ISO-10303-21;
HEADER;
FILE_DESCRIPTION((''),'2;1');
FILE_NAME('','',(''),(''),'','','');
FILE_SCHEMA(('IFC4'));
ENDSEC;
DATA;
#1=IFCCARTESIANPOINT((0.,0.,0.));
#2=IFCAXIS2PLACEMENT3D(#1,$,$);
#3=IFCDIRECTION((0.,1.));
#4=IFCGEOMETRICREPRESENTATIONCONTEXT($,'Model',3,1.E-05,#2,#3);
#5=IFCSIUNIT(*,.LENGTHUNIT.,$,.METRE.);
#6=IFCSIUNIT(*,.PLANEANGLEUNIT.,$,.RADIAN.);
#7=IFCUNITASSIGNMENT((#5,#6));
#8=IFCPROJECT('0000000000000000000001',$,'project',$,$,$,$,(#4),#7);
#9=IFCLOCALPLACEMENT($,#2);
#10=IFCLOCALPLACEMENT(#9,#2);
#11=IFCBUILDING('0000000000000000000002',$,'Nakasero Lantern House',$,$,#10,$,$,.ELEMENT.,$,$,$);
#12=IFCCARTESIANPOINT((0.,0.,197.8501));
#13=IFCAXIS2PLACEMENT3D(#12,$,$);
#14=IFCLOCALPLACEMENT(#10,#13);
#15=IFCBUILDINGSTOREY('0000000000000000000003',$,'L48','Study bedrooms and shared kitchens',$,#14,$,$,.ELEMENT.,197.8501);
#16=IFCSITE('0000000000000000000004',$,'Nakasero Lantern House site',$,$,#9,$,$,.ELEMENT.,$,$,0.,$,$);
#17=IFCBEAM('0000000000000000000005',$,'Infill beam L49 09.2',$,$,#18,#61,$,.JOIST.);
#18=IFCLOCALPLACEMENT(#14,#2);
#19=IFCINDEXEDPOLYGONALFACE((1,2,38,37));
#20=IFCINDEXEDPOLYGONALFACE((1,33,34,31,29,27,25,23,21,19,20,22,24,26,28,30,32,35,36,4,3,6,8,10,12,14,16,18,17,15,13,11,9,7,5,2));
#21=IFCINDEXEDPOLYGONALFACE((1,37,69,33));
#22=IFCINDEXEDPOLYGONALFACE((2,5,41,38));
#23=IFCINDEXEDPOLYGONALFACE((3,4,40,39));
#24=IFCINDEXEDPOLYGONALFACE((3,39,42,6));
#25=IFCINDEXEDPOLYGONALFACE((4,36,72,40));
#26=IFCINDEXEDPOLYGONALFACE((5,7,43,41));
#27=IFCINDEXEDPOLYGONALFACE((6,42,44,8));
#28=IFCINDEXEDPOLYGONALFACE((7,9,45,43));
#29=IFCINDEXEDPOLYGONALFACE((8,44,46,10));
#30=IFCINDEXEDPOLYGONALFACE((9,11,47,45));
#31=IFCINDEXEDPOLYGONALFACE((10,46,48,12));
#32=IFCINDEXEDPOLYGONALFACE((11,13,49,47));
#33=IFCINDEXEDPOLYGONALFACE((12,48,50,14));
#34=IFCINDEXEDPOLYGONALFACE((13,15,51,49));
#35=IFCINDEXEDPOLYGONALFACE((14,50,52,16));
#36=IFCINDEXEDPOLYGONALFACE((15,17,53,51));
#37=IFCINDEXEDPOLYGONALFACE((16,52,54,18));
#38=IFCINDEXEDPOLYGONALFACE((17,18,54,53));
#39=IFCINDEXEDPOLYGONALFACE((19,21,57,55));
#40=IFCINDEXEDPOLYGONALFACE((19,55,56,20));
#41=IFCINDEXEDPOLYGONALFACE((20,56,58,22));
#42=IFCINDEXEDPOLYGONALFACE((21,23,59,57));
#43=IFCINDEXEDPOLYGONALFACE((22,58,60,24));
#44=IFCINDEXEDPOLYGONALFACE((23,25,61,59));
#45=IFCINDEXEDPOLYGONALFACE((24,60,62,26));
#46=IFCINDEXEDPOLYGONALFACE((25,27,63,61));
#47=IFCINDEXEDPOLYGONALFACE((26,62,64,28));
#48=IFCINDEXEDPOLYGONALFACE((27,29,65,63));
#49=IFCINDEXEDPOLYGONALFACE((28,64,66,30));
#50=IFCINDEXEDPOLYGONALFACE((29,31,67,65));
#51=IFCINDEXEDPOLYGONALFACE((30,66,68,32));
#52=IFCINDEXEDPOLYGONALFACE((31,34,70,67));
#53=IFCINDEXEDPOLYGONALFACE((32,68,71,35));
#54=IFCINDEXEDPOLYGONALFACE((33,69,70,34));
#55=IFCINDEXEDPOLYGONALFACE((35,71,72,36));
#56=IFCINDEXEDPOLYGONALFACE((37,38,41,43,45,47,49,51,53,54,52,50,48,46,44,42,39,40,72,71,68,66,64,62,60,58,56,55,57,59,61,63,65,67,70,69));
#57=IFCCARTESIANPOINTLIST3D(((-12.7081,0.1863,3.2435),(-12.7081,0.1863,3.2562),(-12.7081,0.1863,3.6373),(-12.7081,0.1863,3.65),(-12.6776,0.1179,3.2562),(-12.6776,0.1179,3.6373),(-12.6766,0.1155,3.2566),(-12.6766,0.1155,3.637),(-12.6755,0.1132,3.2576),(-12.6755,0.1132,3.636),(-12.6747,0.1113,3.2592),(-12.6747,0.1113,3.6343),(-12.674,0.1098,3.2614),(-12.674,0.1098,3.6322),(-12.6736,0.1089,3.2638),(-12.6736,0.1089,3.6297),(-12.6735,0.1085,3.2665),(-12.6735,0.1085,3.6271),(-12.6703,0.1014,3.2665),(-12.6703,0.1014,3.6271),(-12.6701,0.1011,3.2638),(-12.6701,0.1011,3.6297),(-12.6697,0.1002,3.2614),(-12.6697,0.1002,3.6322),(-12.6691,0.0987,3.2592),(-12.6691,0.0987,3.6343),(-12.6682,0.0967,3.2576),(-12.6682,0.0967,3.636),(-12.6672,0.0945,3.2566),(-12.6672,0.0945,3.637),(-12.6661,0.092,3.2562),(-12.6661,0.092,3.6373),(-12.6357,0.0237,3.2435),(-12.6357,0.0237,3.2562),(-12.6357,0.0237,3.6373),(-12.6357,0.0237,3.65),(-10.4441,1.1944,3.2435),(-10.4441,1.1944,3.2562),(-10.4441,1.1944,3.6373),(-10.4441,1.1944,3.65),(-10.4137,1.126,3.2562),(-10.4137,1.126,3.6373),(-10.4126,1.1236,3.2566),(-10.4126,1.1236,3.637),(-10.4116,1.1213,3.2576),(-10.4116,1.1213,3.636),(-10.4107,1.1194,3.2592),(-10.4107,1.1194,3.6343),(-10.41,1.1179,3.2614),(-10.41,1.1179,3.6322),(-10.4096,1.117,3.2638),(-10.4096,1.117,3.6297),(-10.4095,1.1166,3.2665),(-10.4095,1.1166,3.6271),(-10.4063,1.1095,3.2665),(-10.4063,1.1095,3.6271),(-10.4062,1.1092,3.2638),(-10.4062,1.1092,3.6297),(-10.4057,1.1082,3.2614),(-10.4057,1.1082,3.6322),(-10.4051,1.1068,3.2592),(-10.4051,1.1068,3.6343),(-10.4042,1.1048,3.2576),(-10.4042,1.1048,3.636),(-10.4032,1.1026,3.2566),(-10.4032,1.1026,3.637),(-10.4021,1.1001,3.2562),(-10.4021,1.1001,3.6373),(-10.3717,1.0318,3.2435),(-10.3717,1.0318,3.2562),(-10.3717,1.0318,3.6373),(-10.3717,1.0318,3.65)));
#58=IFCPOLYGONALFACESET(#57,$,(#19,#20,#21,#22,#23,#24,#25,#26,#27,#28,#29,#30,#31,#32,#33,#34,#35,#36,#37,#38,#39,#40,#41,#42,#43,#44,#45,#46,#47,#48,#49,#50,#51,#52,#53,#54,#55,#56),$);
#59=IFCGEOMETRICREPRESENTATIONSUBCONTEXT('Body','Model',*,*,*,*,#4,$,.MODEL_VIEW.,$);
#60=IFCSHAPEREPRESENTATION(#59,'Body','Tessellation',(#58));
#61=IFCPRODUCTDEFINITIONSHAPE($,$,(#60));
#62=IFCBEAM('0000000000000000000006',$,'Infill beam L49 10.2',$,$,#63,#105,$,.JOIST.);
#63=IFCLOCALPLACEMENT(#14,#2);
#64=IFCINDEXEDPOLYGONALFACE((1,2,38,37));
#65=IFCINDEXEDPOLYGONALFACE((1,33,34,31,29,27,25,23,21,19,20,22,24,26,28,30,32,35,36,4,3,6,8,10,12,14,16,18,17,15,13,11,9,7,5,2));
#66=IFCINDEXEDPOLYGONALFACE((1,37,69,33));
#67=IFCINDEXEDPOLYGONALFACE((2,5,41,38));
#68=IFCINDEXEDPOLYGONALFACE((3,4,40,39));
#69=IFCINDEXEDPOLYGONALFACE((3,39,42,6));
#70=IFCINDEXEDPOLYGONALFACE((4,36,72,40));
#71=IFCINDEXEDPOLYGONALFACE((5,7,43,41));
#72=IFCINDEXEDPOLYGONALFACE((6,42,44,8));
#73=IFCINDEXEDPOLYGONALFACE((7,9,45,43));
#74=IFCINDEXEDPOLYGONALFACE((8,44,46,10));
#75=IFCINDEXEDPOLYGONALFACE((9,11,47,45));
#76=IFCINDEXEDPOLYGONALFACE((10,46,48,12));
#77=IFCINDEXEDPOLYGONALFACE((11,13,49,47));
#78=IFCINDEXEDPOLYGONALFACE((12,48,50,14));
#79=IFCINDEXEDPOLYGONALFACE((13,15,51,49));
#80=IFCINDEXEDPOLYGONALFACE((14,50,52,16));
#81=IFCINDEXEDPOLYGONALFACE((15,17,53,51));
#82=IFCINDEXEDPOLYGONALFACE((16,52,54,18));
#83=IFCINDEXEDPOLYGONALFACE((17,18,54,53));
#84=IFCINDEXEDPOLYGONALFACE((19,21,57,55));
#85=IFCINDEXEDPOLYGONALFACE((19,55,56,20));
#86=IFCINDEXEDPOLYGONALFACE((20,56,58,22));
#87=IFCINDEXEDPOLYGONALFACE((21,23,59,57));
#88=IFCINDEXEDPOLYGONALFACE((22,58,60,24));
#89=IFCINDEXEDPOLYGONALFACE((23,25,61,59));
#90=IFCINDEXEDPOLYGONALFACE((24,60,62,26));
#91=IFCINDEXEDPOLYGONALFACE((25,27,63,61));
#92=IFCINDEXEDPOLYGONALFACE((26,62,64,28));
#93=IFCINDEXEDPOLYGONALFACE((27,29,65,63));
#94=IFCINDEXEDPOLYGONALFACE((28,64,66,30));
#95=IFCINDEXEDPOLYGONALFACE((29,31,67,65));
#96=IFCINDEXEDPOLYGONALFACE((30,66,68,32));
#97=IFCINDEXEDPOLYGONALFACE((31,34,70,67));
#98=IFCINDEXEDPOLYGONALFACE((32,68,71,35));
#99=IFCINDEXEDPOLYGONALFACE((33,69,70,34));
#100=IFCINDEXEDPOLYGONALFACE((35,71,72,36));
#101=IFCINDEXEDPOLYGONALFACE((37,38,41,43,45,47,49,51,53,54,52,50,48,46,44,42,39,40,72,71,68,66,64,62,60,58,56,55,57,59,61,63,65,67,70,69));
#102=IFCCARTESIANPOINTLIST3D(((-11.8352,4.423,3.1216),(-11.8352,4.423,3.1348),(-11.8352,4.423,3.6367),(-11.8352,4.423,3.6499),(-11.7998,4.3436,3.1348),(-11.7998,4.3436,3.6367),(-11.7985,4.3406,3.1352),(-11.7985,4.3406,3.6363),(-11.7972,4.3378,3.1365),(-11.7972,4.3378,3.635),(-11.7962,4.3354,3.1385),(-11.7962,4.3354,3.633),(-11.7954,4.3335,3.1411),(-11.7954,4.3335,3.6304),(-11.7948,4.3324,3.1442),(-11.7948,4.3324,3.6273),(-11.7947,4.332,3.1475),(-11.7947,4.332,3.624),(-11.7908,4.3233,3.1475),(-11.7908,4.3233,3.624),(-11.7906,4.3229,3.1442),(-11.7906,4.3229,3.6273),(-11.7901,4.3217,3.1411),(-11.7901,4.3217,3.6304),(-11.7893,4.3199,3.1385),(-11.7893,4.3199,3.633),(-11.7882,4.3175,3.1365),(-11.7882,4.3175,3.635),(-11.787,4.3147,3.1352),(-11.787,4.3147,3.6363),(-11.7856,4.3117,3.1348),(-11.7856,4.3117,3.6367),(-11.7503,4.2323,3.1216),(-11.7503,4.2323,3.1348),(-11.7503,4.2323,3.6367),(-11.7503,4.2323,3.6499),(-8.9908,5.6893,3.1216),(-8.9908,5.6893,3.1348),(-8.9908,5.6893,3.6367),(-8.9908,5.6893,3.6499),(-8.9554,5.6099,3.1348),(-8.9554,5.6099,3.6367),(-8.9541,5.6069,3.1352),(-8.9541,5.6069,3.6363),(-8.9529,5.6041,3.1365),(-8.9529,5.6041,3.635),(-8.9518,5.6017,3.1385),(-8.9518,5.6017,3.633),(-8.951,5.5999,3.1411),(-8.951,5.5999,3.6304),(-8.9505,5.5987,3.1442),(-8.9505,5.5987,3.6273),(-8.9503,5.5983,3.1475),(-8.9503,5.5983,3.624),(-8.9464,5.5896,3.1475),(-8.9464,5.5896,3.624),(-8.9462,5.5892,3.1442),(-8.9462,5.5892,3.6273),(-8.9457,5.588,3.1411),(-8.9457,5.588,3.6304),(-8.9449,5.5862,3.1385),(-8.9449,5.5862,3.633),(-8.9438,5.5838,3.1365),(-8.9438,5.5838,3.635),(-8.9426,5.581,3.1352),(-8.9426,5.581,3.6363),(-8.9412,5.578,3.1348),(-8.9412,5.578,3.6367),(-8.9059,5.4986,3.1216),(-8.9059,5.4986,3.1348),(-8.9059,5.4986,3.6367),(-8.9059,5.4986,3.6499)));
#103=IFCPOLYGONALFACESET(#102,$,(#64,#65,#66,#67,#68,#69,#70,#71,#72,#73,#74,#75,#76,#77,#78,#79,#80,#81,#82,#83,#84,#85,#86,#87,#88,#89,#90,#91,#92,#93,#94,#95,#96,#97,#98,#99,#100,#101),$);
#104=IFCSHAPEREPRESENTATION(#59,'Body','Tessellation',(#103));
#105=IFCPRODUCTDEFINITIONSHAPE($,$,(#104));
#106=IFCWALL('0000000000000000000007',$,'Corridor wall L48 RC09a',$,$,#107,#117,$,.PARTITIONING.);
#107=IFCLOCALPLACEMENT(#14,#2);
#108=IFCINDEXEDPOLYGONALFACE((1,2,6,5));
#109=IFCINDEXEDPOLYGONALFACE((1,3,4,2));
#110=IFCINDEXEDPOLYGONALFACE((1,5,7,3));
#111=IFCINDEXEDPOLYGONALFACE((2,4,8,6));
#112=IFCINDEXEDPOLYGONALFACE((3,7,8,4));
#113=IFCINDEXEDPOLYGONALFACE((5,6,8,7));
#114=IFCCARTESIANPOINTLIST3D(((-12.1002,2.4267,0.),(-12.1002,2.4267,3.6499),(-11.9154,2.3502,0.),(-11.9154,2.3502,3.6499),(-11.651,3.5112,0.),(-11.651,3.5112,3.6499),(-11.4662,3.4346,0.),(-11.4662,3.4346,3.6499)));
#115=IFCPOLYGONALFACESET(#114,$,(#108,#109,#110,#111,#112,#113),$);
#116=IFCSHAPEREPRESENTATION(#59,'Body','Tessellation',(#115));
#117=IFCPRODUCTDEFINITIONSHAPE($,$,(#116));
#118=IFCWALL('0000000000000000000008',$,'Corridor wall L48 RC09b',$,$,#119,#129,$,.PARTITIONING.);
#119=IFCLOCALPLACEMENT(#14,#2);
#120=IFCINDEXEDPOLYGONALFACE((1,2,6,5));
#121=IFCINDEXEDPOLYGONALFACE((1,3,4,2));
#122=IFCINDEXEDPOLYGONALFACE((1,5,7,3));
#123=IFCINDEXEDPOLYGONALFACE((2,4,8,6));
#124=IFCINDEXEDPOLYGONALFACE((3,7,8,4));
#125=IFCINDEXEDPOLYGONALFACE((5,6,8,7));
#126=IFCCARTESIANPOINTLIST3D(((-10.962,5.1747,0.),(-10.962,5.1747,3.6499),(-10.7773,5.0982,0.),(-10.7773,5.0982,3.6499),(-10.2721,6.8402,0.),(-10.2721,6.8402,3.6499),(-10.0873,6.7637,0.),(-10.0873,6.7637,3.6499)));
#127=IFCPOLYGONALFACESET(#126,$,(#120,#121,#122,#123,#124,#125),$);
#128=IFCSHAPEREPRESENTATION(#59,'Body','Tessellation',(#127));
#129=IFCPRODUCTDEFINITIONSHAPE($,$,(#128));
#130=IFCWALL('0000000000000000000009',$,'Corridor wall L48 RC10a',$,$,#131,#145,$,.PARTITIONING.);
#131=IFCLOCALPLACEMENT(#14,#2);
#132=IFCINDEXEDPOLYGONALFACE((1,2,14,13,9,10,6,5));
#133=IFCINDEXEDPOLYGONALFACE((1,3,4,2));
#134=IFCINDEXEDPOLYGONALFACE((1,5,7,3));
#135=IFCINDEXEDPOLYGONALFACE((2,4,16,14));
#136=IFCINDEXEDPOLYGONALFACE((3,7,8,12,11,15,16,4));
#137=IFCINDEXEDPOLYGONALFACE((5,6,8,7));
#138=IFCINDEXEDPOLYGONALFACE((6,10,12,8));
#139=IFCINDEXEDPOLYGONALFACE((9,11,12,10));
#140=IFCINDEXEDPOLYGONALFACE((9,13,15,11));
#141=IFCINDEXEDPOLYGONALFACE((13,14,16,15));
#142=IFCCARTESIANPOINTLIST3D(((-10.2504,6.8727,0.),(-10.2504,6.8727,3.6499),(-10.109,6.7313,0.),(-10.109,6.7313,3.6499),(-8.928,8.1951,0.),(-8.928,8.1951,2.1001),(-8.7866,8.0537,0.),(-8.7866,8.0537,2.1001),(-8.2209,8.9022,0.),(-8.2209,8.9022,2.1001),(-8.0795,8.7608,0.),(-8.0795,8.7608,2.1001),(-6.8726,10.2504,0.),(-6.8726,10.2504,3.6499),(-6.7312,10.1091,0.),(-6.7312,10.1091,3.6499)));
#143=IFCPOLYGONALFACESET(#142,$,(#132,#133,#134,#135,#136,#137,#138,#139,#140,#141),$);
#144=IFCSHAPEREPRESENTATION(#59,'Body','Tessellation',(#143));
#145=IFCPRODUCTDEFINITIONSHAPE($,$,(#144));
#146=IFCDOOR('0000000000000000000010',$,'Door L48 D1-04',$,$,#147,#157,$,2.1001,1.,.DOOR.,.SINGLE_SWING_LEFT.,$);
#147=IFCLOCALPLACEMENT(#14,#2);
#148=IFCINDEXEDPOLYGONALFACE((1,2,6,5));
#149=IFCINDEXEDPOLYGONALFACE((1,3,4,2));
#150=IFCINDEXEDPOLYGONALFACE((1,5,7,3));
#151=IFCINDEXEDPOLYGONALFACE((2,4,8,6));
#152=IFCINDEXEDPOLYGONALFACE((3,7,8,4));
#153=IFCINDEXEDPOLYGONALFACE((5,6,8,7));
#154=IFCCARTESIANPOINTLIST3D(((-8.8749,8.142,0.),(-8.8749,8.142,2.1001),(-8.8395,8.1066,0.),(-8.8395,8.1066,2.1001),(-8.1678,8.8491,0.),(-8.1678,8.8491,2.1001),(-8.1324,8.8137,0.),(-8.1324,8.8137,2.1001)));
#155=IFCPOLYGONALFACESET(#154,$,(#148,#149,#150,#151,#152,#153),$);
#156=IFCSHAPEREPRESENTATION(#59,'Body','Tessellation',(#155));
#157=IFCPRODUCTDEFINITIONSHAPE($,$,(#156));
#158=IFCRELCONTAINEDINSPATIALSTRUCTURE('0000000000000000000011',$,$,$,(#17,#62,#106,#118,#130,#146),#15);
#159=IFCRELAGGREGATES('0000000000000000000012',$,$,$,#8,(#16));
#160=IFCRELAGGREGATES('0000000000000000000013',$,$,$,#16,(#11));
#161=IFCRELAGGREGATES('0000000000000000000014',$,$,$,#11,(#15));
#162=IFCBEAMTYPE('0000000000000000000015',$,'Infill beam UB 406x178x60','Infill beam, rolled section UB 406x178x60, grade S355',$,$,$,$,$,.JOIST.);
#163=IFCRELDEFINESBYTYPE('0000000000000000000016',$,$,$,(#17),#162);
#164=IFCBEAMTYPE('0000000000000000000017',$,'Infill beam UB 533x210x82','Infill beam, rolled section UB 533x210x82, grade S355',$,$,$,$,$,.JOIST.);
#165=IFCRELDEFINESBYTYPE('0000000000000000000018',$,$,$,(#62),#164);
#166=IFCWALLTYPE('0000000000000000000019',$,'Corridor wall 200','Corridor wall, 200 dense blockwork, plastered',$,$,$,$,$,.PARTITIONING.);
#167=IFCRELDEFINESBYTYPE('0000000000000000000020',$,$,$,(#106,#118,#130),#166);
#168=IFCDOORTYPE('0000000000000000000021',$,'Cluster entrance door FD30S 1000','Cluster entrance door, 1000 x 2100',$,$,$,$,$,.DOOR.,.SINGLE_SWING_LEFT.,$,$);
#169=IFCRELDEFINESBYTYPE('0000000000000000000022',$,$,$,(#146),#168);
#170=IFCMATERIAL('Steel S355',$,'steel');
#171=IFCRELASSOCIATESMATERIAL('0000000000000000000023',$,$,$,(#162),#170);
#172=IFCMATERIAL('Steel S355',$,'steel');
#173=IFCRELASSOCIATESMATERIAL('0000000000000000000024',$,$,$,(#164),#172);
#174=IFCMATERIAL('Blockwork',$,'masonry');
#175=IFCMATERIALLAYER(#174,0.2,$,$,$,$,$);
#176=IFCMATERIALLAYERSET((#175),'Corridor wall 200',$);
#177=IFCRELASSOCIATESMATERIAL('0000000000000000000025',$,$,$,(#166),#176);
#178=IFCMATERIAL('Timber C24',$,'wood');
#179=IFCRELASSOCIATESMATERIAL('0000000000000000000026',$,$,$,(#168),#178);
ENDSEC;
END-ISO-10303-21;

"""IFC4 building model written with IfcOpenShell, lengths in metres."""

from ifc_helpers import new_model, si_unit, direction, frame, frame_2d, origin, origin_2d, place, context, subcontext, project, spatial, rectangle, i_section, extrude, material, layer, layer_set, material_profile, profile_set, type_object, element, fill, save


model = new_model("IFC4")

# Units and contexts
model_context = context("Model", 3, precision=1e-05, world=origin(), true_north=direction((0.0, 1.0)))
body_context = subcontext(model_context, "Body", "Model", "MODEL_VIEW")
ifc_project = project(units=[si_unit("LENGTHUNIT", "METRE"), si_unit("PLANEANGLEUNIT", "RADIAN")], contexts=[model_context])

# Site, building, storey
site_placement = place(None, origin())
site = spatial("IfcSite", under=ifc_project, at=site_placement, Name="Nakasero Lantern House site", CompositionType="ELEMENT", RefElevation=0.0)
building_placement = place(site_placement, origin())
building = spatial("IfcBuilding", under=site, at=building_placement, Name="Nakasero Lantern House", CompositionType="ELEMENT")
storey_placement = place(building_placement, frame((0.0, 0.0, 197.8501)))
storey = spatial("IfcBuildingStorey", under=building, at=storey_placement, Name="L48", Description="Study bedrooms and shared kitchens", CompositionType="ELEMENT", Elevation=197.8501)

# Beams
ifc_material_1 = material(Name="Steel S355", Category="steel")
ifc_material_profile_1 = material_profile(ifc_material_1, i_section(OverallWidth=0.178, OverallDepth=0.4065, WebThickness=0.0078, FlangeThickness=0.0127, FilletRadius=0.0103, at=origin_2d()), Name="UB 406x178x60")
ifc_profile_set_1 = profile_set([ifc_material_profile_1], Name="Steel S355")
beam_type_1 = type_object("IfcBeamType", Name="Infill beam UB 406x178x60", Description="Infill beam, rolled section UB 406x178x60, grade S355", PredefinedType="JOIST", material=ifc_profile_set_1)
beam_1_placement = place(storey_placement, frame((-12.6719, 0.105, 3.4468), z_axis=(0.913531, 0.406769, 0.0), x_axis=(-0.406769, 0.913531, 0.0)))
element("IfcBeam", 1, at=beam_1_placement, inside=storey, type_object=beam_type_1, Name="Infill beam L49 09.2", PredefinedType="JOIST", context=body_context, shape_type="SweptSolid", body=[
    extrude(i_section(OverallWidth=0.178, OverallDepth=0.4065, WebThickness=0.0078, FlangeThickness=0.0127, FilletRadius=0.0103, at=origin_2d()), origin(), (0.0, 0.0, 1.0), 2.4783),
])
ifc_material_2 = material(Name="Steel S355", Category="steel")
ifc_material_profile_2 = material_profile(ifc_material_2, i_section(OverallWidth=0.2087, OverallDepth=0.5283, WebThickness=0.0095, FlangeThickness=0.0132, FilletRadius=0.0127, at=origin_2d()), Name="UB 533x210x82")
ifc_profile_set_2 = profile_set([ifc_material_profile_2], Name="Steel S355")
beam_type_2 = type_object("IfcBeamType", Name="Infill beam UB 533x210x82", Description="Infill beam, rolled section UB 533x210x82, grade S355", PredefinedType="JOIST", material=ifc_profile_set_2)
beam_2_placement = place(storey_placement, frame((-11.7927, 4.3276, 3.3857), z_axis=(0.913556, 0.406713, 0.0), x_axis=(-0.406713, 0.913556, 0.0)))
element("IfcBeam", 2, at=beam_2_placement, inside=storey, type_object=beam_type_2, Name="Infill beam L49 10.2", PredefinedType="JOIST", context=body_context, shape_type="SweptSolid", body=[
    extrude(i_section(OverallWidth=0.2087, OverallDepth=0.5283, WebThickness=0.0095, FlangeThickness=0.0132, FilletRadius=0.0127, at=origin_2d()), origin(), (0.0, 0.0, 1.0), 3.1135),
])

# Walls
ifc_material_3 = material(Name="Blockwork", Category="masonry")
ifc_layer_1 = layer(ifc_material_3, 0.2)
ifc_layer_set_1 = layer_set([ifc_layer_1], Name="Corridor wall 200")
wall_type_1 = type_object("IfcWallType", Name="Corridor wall 200", Description="Corridor wall, 200 dense blockwork, plastered", PredefinedType="PARTITIONING", material=ifc_layer_set_1)
wall_1_placement = place(storey_placement, frame((-12.0078, 2.3884, 0.0), z_axis=(0.0, 0.0, 1.0), x_axis=(0.382695, 0.923875, 0.0)))
element("IfcWall", 3, at=wall_1_placement, inside=storey, type_object=wall_type_1, Name="Corridor wall L48 RC09a", PredefinedType="PARTITIONING", context=body_context, shape_type="SweptSolid", body=[
    extrude(rectangle(XDim=1.1738, YDim=0.2, at=frame_2d((0.5869, 0.0))), origin(), (0.0, 0.0, 1.0), 3.6499),
])
wall_2_placement = place(storey_placement, frame((-10.8696, 5.1365, 0.0), z_axis=(0.0, 0.0, 1.0), x_axis=(0.382711, 0.923868, 0.0)))
element("IfcWall", 4, at=wall_2_placement, inside=storey, type_object=wall_type_1, Name="Corridor wall L48 RC09b", PredefinedType="PARTITIONING", context=body_context, shape_type="SweptSolid", body=[
    extrude(rectangle(XDim=1.8027, YDim=0.2, at=frame_2d((0.9014, 0.0))), origin(), (0.0, 0.0, 1.0), 3.6499),
])

# Wall, opening, door
wall_3_placement = place(storey_placement, frame((-10.1797, 6.802, 0.0), z_axis=(0.0, 0.0, 1.0), x_axis=(0.707107, 0.707107, 0.0)))
wall_3 = element("IfcWall", 5, at=wall_3_placement, inside=storey, type_object=wall_type_1, Name="Corridor wall L48 RC10a", PredefinedType="PARTITIONING", context=body_context, shape_type="SweptSolid", body=[
    extrude(rectangle(XDim=4.7769, YDim=0.2, at=frame_2d((2.3884, 0.0))), origin(), (0.0, 0.0, 1.0), 3.6499),
])
opening_1_placement = place(wall_3_placement, frame((1.8701, 0.0, 0.0)))
opening_1 = element("IfcOpeningElement", 6, at=opening_1_placement, cuts=wall_3, PredefinedType="OPENING", context=body_context, shape_type="SweptSolid", body=[
    extrude(rectangle(XDim=1.0, YDim=2.1001, at=frame_2d((0.5, 1.05))), frame((0.0, 0.1199, 0.0), z_axis=(0.0, -1.0, 0.0), x_axis=(1.0, 0.0, 0.0)), (0.0, 0.0, 1.0), 0.24),
])
ifc_material_4 = material(Name="Timber C24", Category="wood")
door_type_1 = type_object("IfcDoorType", Name="Cluster entrance door FD30S 1000", Description="Cluster entrance door, 1000 x 2100", OperationType="SINGLE_SWING_LEFT", PredefinedType="DOOR", material=ifc_material_4)
door_1_placement = place(opening_1_placement, origin())
door_1 = element("IfcDoor", 7, at=door_1_placement, inside=storey, type_object=door_type_1, Name="Door L48 D1-04", OperationType="SINGLE_SWING_LEFT", OverallHeight=2.1001, OverallWidth=1.0, PredefinedType="DOOR", context=body_context, shape_type="SweptSolid", body=[
    extrude(rectangle(XDim=1.0, YDim=2.1001, at=frame_2d((0.5, 1.05))), frame((0.0, 0.0249, 0.0), z_axis=(0.0, -1.0, 0.0), x_axis=(1.0, 0.0, 0.0)), (0.0, 0.0, 1.0), 0.05),
])
fill(opening_1, door_1)

save(model, "model.ifc")
